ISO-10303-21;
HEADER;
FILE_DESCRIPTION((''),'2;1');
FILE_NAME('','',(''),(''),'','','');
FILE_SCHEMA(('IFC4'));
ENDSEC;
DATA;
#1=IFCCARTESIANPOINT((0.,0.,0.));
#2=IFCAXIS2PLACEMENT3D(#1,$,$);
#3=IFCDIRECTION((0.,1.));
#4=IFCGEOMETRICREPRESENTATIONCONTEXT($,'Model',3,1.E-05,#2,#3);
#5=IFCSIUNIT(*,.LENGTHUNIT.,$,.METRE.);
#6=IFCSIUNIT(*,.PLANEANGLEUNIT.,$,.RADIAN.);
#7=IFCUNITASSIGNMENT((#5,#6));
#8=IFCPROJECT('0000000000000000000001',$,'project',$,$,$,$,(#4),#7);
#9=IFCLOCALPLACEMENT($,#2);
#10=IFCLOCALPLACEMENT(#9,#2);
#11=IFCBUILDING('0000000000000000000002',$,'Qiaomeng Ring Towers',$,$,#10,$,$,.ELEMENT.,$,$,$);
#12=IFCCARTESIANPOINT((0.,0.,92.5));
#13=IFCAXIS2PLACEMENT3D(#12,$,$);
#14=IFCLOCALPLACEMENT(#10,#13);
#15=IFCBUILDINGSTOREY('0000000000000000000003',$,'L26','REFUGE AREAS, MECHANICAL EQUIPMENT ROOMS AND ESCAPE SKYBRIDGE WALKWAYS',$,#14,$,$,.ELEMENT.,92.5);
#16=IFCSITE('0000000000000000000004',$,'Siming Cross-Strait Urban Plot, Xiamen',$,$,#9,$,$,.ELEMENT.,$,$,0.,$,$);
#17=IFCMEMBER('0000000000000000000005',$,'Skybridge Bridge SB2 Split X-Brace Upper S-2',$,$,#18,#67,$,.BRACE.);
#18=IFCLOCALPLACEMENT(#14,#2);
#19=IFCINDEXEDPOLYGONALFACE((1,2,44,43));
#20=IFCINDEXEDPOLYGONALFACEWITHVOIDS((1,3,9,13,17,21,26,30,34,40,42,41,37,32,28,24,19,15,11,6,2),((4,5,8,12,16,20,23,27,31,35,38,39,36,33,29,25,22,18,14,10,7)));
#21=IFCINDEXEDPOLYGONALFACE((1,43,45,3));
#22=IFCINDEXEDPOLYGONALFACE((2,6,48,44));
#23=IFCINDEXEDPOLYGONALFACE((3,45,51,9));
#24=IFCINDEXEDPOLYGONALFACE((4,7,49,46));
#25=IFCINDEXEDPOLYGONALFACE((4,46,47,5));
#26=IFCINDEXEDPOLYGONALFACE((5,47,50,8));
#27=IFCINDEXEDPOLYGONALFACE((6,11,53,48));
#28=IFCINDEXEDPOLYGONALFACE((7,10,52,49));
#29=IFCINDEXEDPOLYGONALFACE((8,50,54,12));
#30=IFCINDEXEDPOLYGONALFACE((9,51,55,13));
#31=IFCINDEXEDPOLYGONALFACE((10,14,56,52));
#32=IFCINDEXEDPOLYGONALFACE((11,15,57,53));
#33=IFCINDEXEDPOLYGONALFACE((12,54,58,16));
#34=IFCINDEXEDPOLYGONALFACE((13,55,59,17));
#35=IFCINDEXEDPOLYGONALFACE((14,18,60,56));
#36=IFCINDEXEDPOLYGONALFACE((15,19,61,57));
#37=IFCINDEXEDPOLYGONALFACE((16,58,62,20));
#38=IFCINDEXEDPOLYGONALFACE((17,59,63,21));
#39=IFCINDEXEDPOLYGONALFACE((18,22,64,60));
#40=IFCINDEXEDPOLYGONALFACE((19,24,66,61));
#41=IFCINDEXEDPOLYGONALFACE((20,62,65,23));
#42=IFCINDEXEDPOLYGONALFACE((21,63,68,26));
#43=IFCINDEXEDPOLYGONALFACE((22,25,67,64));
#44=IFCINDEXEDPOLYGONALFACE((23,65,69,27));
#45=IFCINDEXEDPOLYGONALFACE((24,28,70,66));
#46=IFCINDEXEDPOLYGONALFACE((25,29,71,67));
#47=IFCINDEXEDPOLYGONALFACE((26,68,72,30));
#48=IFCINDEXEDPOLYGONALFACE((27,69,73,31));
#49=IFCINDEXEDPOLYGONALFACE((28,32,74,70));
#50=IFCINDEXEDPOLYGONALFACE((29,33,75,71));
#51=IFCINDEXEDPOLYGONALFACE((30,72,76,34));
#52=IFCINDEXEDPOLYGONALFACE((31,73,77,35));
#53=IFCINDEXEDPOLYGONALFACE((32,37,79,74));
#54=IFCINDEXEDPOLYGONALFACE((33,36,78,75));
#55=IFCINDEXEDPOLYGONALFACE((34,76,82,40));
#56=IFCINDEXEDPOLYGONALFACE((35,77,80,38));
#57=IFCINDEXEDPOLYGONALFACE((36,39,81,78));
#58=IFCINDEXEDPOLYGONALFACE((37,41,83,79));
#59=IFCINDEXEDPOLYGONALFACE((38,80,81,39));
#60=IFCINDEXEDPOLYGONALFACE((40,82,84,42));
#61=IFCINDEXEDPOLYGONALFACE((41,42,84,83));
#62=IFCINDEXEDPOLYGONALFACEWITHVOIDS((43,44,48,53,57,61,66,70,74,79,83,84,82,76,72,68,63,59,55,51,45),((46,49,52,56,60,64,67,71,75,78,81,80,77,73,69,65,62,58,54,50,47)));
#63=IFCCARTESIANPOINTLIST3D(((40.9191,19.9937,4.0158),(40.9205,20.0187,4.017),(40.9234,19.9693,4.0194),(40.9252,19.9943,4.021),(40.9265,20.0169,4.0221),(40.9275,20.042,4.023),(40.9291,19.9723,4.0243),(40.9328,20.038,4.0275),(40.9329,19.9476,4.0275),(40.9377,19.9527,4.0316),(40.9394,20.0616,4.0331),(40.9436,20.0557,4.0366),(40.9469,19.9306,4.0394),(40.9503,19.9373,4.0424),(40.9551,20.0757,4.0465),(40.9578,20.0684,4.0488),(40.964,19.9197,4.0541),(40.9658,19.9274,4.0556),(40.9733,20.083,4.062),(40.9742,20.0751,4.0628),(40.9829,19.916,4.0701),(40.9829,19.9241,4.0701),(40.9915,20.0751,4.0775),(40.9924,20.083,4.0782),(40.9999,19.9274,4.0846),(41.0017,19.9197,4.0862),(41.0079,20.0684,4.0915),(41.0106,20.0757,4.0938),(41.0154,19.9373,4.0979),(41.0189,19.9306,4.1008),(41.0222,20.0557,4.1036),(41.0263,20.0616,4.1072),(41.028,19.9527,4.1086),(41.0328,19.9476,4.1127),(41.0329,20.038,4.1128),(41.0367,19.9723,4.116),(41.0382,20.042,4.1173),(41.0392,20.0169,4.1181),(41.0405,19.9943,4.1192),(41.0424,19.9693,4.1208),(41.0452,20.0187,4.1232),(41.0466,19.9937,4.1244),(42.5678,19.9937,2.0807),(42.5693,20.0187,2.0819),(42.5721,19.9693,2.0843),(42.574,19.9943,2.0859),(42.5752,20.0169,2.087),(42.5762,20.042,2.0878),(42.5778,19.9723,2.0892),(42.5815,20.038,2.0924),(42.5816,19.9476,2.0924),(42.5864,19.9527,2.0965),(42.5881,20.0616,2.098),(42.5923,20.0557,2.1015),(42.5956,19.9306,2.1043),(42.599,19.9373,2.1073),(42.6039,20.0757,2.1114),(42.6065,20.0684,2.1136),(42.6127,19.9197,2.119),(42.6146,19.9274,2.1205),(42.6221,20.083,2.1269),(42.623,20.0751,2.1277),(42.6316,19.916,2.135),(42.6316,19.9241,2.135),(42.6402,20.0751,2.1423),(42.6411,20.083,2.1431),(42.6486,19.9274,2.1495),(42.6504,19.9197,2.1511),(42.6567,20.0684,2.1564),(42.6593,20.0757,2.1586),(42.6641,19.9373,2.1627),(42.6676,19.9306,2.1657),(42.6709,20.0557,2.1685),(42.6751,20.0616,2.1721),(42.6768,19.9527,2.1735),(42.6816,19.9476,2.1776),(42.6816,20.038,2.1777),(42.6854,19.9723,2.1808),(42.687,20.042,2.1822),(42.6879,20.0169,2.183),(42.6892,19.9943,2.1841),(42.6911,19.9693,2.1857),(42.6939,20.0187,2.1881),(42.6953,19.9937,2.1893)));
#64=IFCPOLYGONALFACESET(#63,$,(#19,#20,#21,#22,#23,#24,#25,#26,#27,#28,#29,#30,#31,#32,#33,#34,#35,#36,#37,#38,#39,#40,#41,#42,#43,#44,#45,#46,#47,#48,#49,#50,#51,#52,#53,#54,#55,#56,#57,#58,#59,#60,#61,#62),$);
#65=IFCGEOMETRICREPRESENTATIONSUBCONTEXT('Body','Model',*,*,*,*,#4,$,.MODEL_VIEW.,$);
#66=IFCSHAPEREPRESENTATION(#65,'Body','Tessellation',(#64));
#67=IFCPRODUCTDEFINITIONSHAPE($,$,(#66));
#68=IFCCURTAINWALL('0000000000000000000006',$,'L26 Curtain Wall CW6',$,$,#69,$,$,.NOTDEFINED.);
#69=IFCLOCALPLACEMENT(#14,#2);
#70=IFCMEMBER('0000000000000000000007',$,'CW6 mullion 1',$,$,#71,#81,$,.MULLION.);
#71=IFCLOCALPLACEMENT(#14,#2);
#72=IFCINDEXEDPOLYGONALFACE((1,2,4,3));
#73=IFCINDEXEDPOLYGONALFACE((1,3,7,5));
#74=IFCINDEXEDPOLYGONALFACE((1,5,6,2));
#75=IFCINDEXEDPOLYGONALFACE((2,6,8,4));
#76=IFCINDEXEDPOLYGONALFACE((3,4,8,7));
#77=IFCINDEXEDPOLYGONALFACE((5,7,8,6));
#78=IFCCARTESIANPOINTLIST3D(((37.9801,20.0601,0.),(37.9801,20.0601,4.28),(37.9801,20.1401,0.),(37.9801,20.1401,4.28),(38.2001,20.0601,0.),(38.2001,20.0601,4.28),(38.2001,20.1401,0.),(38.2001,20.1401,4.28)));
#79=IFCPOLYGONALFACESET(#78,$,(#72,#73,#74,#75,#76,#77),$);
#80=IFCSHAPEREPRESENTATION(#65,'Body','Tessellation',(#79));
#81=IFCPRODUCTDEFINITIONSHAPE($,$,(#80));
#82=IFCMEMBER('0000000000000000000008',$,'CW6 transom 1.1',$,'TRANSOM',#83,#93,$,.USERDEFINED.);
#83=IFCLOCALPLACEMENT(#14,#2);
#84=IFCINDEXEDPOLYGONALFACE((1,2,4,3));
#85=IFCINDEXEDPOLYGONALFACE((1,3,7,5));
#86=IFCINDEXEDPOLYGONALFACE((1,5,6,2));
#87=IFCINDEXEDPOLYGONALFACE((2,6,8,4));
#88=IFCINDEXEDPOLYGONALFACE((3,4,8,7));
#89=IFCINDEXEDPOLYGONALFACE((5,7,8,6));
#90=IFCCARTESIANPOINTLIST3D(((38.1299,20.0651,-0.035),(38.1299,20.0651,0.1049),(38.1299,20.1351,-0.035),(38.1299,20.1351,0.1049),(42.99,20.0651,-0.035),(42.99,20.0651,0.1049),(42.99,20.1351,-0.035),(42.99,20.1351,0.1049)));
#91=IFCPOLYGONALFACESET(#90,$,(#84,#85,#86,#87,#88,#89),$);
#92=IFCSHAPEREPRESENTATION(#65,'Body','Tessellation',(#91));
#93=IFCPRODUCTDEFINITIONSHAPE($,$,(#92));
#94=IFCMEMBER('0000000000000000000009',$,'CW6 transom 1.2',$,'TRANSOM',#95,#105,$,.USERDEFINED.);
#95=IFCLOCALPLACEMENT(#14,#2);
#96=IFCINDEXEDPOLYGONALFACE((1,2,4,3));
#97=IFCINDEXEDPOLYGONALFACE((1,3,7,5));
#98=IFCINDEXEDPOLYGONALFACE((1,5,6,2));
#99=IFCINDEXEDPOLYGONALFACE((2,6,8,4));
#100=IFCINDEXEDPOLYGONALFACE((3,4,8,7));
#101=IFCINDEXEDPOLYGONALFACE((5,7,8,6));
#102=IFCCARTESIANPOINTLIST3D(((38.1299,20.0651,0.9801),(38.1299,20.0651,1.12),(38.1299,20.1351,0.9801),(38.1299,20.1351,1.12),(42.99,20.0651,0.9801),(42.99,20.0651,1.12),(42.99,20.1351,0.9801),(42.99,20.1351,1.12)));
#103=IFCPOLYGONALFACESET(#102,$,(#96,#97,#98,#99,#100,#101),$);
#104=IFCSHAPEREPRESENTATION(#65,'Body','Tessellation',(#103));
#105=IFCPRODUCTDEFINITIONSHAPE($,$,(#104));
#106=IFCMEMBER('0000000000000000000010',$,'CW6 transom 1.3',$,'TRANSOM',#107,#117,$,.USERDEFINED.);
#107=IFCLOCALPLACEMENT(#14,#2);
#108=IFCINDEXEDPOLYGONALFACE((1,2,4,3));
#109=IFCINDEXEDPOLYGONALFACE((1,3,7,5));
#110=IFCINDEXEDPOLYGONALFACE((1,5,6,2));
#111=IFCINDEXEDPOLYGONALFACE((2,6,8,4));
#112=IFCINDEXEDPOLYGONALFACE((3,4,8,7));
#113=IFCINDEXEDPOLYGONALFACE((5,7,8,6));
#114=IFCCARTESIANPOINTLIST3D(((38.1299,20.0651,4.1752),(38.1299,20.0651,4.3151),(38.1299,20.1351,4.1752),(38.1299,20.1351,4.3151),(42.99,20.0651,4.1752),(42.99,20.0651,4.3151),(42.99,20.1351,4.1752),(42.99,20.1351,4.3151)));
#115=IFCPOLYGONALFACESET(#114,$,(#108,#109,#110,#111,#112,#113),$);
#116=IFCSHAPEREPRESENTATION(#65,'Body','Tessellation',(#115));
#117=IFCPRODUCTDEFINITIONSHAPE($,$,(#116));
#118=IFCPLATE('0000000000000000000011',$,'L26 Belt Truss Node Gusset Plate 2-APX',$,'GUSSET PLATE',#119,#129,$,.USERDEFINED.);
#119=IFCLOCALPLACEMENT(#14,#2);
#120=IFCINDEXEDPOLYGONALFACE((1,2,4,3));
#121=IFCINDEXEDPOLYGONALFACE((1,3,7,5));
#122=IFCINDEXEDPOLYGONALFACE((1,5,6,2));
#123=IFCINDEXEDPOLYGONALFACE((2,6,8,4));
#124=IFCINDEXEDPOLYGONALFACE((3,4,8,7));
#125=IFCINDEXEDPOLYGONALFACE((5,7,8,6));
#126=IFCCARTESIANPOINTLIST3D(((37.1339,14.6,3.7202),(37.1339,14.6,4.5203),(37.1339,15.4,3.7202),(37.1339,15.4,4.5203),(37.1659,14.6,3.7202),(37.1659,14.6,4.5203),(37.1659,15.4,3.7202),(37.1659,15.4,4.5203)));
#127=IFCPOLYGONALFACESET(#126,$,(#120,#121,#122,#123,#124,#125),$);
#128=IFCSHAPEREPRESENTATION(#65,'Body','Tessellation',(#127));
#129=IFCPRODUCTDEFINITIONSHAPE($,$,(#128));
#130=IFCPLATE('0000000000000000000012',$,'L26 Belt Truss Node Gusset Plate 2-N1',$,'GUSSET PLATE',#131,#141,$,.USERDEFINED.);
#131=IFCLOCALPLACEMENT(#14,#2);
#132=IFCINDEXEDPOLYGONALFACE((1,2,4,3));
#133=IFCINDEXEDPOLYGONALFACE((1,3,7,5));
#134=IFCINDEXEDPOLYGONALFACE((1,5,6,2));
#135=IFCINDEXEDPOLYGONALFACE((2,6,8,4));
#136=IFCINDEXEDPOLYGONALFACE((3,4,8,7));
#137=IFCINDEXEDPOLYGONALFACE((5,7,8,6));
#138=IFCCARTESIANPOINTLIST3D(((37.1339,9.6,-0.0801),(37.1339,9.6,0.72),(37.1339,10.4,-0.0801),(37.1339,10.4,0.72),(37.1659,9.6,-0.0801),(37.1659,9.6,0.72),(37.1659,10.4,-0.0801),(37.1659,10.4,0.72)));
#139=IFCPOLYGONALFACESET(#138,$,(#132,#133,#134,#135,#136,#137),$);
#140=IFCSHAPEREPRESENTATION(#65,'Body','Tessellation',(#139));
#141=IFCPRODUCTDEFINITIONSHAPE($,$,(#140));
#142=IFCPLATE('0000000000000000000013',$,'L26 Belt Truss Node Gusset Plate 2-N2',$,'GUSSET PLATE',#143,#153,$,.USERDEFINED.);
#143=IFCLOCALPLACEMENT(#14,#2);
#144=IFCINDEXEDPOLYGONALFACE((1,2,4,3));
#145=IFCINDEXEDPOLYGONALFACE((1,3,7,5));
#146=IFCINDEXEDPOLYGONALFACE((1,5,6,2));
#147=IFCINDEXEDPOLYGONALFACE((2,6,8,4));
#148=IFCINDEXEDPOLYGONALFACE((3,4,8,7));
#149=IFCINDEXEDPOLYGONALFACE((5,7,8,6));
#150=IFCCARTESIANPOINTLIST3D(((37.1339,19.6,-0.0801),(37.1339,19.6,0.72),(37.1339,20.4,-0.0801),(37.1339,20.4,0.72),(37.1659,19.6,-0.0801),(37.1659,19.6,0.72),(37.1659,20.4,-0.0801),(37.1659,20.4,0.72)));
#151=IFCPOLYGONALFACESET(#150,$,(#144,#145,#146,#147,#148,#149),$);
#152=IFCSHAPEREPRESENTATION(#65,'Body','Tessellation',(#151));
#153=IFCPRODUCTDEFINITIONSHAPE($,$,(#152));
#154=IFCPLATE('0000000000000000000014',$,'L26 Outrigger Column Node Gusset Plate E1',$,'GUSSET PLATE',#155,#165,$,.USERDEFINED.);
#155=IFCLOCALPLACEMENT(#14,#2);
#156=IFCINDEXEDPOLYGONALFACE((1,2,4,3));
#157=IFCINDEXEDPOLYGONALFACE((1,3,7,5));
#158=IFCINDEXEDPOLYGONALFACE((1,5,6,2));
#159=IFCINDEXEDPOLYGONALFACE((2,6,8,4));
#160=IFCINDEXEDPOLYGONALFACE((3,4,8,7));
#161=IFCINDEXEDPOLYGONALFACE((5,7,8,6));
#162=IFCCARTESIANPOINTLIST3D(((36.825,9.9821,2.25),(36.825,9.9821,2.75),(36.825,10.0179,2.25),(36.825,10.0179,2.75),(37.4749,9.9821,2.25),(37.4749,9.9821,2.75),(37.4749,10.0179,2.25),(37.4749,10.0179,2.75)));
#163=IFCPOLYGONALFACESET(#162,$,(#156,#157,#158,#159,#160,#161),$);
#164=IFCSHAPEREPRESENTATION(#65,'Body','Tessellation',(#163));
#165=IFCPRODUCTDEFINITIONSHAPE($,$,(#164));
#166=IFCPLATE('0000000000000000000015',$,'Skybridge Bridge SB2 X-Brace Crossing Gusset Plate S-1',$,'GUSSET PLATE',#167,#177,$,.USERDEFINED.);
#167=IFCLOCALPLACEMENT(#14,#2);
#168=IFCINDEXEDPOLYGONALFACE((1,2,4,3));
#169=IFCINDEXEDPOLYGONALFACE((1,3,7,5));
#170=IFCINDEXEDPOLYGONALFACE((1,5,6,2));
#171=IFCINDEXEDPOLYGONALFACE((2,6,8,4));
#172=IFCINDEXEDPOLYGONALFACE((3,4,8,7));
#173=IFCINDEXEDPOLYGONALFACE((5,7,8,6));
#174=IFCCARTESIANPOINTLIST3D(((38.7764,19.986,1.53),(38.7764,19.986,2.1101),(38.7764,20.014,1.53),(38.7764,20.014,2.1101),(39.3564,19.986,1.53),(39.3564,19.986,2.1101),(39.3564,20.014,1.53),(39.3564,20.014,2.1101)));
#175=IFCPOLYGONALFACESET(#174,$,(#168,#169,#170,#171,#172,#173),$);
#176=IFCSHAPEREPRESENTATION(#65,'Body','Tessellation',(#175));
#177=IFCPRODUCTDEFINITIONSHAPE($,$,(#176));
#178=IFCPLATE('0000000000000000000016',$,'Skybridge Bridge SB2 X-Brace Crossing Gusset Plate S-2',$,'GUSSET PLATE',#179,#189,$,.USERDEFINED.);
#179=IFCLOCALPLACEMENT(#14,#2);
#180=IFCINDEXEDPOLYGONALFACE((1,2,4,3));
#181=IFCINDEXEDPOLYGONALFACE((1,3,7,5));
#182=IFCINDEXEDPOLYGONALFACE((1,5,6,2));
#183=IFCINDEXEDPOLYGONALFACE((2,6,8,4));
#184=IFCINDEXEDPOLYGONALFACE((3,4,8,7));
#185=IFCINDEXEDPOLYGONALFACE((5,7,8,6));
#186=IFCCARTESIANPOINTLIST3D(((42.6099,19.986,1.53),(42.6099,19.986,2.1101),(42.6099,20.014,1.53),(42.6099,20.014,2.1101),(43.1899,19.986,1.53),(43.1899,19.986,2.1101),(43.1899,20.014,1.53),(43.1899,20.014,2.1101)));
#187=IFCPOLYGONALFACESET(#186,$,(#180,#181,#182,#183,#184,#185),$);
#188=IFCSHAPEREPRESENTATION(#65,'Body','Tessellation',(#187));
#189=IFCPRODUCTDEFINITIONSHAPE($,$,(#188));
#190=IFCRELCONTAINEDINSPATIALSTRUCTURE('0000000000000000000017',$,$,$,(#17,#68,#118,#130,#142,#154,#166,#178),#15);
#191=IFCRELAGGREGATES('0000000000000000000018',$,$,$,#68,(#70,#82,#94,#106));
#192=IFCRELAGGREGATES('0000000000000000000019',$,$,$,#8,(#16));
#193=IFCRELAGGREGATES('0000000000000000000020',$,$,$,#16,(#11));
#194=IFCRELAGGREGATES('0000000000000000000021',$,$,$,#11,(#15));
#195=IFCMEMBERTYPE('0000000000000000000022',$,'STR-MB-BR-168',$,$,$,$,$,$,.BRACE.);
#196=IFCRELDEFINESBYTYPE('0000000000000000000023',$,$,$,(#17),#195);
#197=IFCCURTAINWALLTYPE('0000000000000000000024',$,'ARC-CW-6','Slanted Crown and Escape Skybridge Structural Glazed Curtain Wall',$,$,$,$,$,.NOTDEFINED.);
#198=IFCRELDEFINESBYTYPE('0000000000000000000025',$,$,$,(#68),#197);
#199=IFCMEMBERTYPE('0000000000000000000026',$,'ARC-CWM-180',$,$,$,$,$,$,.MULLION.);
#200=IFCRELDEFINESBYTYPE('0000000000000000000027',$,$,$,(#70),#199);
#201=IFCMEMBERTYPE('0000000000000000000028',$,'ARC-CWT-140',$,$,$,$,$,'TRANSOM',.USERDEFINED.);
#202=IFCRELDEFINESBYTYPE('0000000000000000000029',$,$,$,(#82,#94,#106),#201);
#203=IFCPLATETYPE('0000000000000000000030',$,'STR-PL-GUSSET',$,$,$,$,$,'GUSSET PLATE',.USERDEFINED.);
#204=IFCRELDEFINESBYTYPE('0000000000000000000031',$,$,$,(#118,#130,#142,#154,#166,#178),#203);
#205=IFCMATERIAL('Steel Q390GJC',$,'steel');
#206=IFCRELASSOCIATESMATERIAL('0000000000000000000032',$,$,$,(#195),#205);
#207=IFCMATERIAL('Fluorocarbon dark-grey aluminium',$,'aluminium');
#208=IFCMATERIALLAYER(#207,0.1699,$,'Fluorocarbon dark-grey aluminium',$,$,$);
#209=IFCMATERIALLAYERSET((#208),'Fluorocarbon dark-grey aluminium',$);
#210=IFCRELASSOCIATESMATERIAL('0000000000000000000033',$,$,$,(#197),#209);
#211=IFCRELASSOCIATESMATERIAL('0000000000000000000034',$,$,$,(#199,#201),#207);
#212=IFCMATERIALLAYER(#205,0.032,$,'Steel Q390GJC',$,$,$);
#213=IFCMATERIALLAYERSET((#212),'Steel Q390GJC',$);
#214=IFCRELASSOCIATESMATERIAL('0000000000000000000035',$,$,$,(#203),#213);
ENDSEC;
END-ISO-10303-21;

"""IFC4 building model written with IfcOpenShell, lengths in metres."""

from ifc_helpers import new_model, si_unit, direction, frame, origin, origin_2d, place, context, subcontext, project, spatial, rectangle, hollow_circle, extrude, source, transform, mapped, material, layer, layer_set, material_profile, profile_set, type_object, element, aggregate, save


model = new_model("IFC4")

# Units and contexts
model_context = context("Model", 3, precision=1e-05, world=origin(), true_north=direction((0.0, 1.0)))
body_context = subcontext(model_context, "Body", "Model", "MODEL_VIEW")
ifc_project = project(units=[si_unit("LENGTHUNIT", "METRE"), si_unit("PLANEANGLEUNIT", "RADIAN")], contexts=[model_context])

# Site, building, storey
site_placement = place(None, origin())
site = spatial("IfcSite", under=ifc_project, at=site_placement, Name="Siming Cross-Strait Urban Plot, Xiamen", CompositionType="ELEMENT", RefElevation=0.0)
building_placement = place(site_placement, origin())
building = spatial("IfcBuilding", under=site, at=building_placement, Name="Qiaomeng Ring Towers", CompositionType="ELEMENT")
storey_placement = place(building_placement, frame((0.0, 0.0, 92.5)))
storey = spatial("IfcBuildingStorey", under=building, at=storey_placement, Name="L26", Description="REFUGE AREAS, MECHANICAL EQUIPMENT ROOMS AND ESCAPE SKYBRIDGE WALKWAYS", CompositionType="ELEMENT", Elevation=92.5)

# Shared definitions
ifc_material_1 = material(Name="Steel Q390GJC", Category="steel")

# Member
ifc_material_profile_1 = material_profile(ifc_material_1, hollow_circle(Radius=0.084, WallThickness=0.0081, at=origin_2d()), Name="CHS 168x8")
ifc_profile_set_1 = profile_set([ifc_material_profile_1], Name="Steel Q390GJC")
member_type_1 = type_object("IfcMemberType", Name="STR-MB-BR-168", PredefinedType="BRACE", material=ifc_profile_set_1)
shared_shape_1 = source(origin(), body_context, "Body", "SweptSolid", [
    extrude(hollow_circle(Radius=0.084, WallThickness=0.0081, at=origin_2d()), origin(), (0.0, 0.0, 1.0), 2.5422),
])
member_1_placement = place(storey_placement, frame((42.6316, 20.0, 2.135), z_axis=(-0.648534, 0.0, 0.761185), x_axis=(0.0, -1.0, 0.0)))
element("IfcMember", 1, at=member_1_placement, inside=storey, type_object=member_type_1, Name="Skybridge Bridge SB2 Split X-Brace Upper S-2", PredefinedType="BRACE", context=body_context, shape_type="MappedRepresentation", body=[
    mapped(shared_shape_1, transform((0.0, 0.0, 0.0), x_axis=(1.0, 0.0, 0.0), y_axis=(0.0, 1.0, 0.0), z_axis=(0.0, 0.0, 1.0), scale=1.0)),
])

# Curtain wall, members
ifc_material_2 = material(Name="Fluorocarbon dark-grey aluminium", Category="aluminium")
ifc_layer_1 = layer(ifc_material_2, 0.1699, Name="Fluorocarbon dark-grey aluminium")
ifc_layer_set_1 = layer_set([ifc_layer_1], Name="Fluorocarbon dark-grey aluminium")
curtain_wall_type = type_object("IfcCurtainWallType", Name="ARC-CW-6", Description="Slanted Crown and Escape Skybridge Structural Glazed Curtain Wall", PredefinedType="NOTDEFINED", material=ifc_layer_set_1)
curtain_wall_placement = place(storey_placement, origin())
curtain_wall = element("IfcCurtainWall", 2, at=curtain_wall_placement, inside=storey, type_object=curtain_wall_type, Name="L26 Curtain Wall CW6", PredefinedType="NOTDEFINED")
ifc_material_profile_2 = material_profile(ifc_material_2, rectangle(XDim=0.0801, YDim=0.22, at=origin_2d()), Name="ALU MULL 80x220")
ifc_profile_set_2 = profile_set([ifc_material_profile_2], Name="Fluorocarbon dark-grey aluminium")
member_type_2 = type_object("IfcMemberType", Name="ARC-CWM-180", PredefinedType="MULLION", material=ifc_profile_set_2)
shared_shape_2 = source(origin(), body_context, "Body", "SweptSolid", [
    extrude(rectangle(XDim=0.0801, YDim=0.22, at=origin_2d()), origin(), (0.0, 0.0, 1.0), 4.28),
])
member_2_placement = place(storey_placement, frame((38.0901, 20.1001, 0.0), z_axis=(0.0, 0.0, 1.0), x_axis=(0.0, 1.0, 0.0)))
member_2 = element("IfcMember", 3, at=member_2_placement, type_object=member_type_2, Name="CW6 mullion 1", PredefinedType="MULLION", context=body_context, shape_type="MappedRepresentation", body=[
    mapped(shared_shape_2, transform((0.0, 0.0, 0.0), x_axis=(1.0, 0.0, 0.0), y_axis=(0.0, 1.0, 0.0), z_axis=(0.0, 0.0, 1.0), scale=1.0)),
])
ifc_material_profile_3 = material_profile(ifc_material_2, rectangle(XDim=0.0701, YDim=0.1399, at=origin_2d()), Name="ALU TRAN 70x140")
ifc_profile_set_3 = profile_set([ifc_material_profile_3], Name="Fluorocarbon dark-grey aluminium")
member_type_3 = type_object("IfcMemberType", Name="ARC-CWT-140", ElementType="TRANSOM", PredefinedType="USERDEFINED", material=ifc_profile_set_3)
shared_shape_3 = source(origin(), body_context, "Body", "SweptSolid", [
    extrude(rectangle(XDim=0.0701, YDim=0.1399, at=origin_2d()), origin(), (0.0, 0.0, 1.0), 4.8601),
])
member_3_placement = place(storey_placement, frame((38.1299, 20.1001, 0.0349), z_axis=(1.0, 0.0, 0.0), x_axis=(0.0, 1.0, 0.0)))
member_3 = element("IfcMember", 4, at=member_3_placement, type_object=member_type_3, Name="CW6 transom 1.1", ObjectType="TRANSOM", PredefinedType="USERDEFINED", context=body_context, shape_type="MappedRepresentation", body=[
    mapped(shared_shape_3, transform((0.0, 0.0, 0.0), x_axis=(1.0, 0.0, 0.0), y_axis=(0.0, 1.0, 0.0), z_axis=(0.0, 0.0, 1.0), scale=1.0)),
])
member_4_placement = place(storey_placement, frame((38.1299, 20.1001, 1.05), z_axis=(1.0, 0.0, 0.0), x_axis=(0.0, 1.0, 0.0)))
member_4 = element("IfcMember", 5, at=member_4_placement, type_object=member_type_3, Name="CW6 transom 1.2", ObjectType="TRANSOM", PredefinedType="USERDEFINED", context=body_context, shape_type="MappedRepresentation", body=[
    mapped(shared_shape_3, transform((0.0, 0.0, 0.0), x_axis=(1.0, 0.0, 0.0), y_axis=(0.0, 1.0, 0.0), z_axis=(0.0, 0.0, 1.0), scale=1.0)),
])
member_5_placement = place(storey_placement, frame((38.1299, 20.1001, 4.2451), z_axis=(1.0, 0.0, 0.0), x_axis=(0.0, 1.0, 0.0)))
member_5 = element("IfcMember", 6, at=member_5_placement, type_object=member_type_3, Name="CW6 transom 1.3", ObjectType="TRANSOM", PredefinedType="USERDEFINED", context=body_context, shape_type="MappedRepresentation", body=[
    mapped(shared_shape_3, transform((0.0, 0.0, 0.0), x_axis=(1.0, 0.0, 0.0), y_axis=(0.0, 1.0, 0.0), z_axis=(0.0, 0.0, 1.0), scale=1.0)),
])

# Plates
ifc_layer_2 = layer(ifc_material_1, 0.032, Name="Steel Q390GJC")
ifc_layer_set_2 = layer_set([ifc_layer_2], Name="Steel Q390GJC")
plate_type_1 = type_object("IfcPlateType", Name="STR-PL-GUSSET", ElementType="GUSSET PLATE", PredefinedType="USERDEFINED", material=ifc_layer_set_2)
shared_shape_4 = source(origin(), body_context, "Body", "SweptSolid", [
    extrude(rectangle(XDim=0.8, YDim=0.032, at=origin_2d()), origin(), (0.0, 0.0, 1.0), 0.8),
])
for number, where, z_axis, x_axis, name in (
    (7, (37.1499, 15.0, 3.7202), (0.0, 0.0, 1.0), (0.0, 1.0, 0.0), "L26 Belt Truss Node Gusset Plate 2-APX"),
    (8, (37.1499, 10.0, -0.0801), (0.0, 0.0, 1.0), (0.0, 1.0, 0.0), "L26 Belt Truss Node Gusset Plate 2-N1"),
    (9, (37.1499, 20.0, -0.0801), (0.0, 0.0, 1.0), (0.0, 1.0, 0.0), "L26 Belt Truss Node Gusset Plate 2-N2"),
):
    element("IfcPlate", number, at=place(storey_placement, frame(where, z_axis=z_axis, x_axis=x_axis)), inside=storey, type_object=plate_type_1, Name=name, ObjectType="GUSSET PLATE", PredefinedType="USERDEFINED", context=body_context, shape_type="MappedRepresentation", body=[
        mapped(shared_shape_4, transform((0.0, 0.0, 0.0), x_axis=(1.0, 0.0, 0.0), y_axis=(0.0, 1.0, 0.0), z_axis=(0.0, 0.0, 1.0), scale=1.0)),
    ])
shared_shape_5 = source(origin(), body_context, "Body", "SweptSolid", [
    extrude(rectangle(XDim=0.6499, YDim=0.0359, at=origin_2d()), origin(), (0.0, 0.0, 1.0), 0.5),
])
plate_1_placement = place(storey_placement, frame((37.1499, 10.0, 2.25), z_axis=(0.0, 0.0, 1.0), x_axis=(1.0, 0.0, 0.0)))
element("IfcPlate", 10, at=plate_1_placement, inside=storey, type_object=plate_type_1, Name="L26 Outrigger Column Node Gusset Plate E1", ObjectType="GUSSET PLATE", PredefinedType="USERDEFINED", context=body_context, shape_type="MappedRepresentation", body=[
    mapped(shared_shape_5, transform((0.0, 0.0, 0.0), x_axis=(1.0, 0.0, 0.0), y_axis=(0.0, 1.0, 0.0), z_axis=(0.0, 0.0, 1.0), scale=1.0)),
])
shared_shape_6 = source(origin(), body_context, "Body", "SweptSolid", [
    extrude(rectangle(XDim=0.5801, YDim=0.0281, at=origin_2d()), origin(), (0.0, 0.0, 1.0), 0.5801),
])
for number, where, z_axis, x_axis, name in (
    (11, (39.0664, 20.0, 1.53), (0.0, 0.0, 1.0), (1.0, 0.0, 0.0), "Skybridge Bridge SB2 X-Brace Crossing Gusset Plate S-1"),
    (12, (42.8999, 20.0, 1.53), (0.0, 0.0, 1.0), (1.0, 0.0, 0.0), "Skybridge Bridge SB2 X-Brace Crossing Gusset Plate S-2"),
):
    element("IfcPlate", number, at=place(storey_placement, frame(where, z_axis=z_axis, x_axis=x_axis)), inside=storey, type_object=plate_type_1, Name=name, ObjectType="GUSSET PLATE", PredefinedType="USERDEFINED", context=body_context, shape_type="MappedRepresentation", body=[
        mapped(shared_shape_6, transform((0.0, 0.0, 0.0), x_axis=(1.0, 0.0, 0.0), y_axis=(0.0, 1.0, 0.0), z_axis=(0.0, 0.0, 1.0), scale=1.0)),
    ])

aggregate(curtain_wall, [member_2, member_3, member_4, member_5])

save(model, "model.ifc")
